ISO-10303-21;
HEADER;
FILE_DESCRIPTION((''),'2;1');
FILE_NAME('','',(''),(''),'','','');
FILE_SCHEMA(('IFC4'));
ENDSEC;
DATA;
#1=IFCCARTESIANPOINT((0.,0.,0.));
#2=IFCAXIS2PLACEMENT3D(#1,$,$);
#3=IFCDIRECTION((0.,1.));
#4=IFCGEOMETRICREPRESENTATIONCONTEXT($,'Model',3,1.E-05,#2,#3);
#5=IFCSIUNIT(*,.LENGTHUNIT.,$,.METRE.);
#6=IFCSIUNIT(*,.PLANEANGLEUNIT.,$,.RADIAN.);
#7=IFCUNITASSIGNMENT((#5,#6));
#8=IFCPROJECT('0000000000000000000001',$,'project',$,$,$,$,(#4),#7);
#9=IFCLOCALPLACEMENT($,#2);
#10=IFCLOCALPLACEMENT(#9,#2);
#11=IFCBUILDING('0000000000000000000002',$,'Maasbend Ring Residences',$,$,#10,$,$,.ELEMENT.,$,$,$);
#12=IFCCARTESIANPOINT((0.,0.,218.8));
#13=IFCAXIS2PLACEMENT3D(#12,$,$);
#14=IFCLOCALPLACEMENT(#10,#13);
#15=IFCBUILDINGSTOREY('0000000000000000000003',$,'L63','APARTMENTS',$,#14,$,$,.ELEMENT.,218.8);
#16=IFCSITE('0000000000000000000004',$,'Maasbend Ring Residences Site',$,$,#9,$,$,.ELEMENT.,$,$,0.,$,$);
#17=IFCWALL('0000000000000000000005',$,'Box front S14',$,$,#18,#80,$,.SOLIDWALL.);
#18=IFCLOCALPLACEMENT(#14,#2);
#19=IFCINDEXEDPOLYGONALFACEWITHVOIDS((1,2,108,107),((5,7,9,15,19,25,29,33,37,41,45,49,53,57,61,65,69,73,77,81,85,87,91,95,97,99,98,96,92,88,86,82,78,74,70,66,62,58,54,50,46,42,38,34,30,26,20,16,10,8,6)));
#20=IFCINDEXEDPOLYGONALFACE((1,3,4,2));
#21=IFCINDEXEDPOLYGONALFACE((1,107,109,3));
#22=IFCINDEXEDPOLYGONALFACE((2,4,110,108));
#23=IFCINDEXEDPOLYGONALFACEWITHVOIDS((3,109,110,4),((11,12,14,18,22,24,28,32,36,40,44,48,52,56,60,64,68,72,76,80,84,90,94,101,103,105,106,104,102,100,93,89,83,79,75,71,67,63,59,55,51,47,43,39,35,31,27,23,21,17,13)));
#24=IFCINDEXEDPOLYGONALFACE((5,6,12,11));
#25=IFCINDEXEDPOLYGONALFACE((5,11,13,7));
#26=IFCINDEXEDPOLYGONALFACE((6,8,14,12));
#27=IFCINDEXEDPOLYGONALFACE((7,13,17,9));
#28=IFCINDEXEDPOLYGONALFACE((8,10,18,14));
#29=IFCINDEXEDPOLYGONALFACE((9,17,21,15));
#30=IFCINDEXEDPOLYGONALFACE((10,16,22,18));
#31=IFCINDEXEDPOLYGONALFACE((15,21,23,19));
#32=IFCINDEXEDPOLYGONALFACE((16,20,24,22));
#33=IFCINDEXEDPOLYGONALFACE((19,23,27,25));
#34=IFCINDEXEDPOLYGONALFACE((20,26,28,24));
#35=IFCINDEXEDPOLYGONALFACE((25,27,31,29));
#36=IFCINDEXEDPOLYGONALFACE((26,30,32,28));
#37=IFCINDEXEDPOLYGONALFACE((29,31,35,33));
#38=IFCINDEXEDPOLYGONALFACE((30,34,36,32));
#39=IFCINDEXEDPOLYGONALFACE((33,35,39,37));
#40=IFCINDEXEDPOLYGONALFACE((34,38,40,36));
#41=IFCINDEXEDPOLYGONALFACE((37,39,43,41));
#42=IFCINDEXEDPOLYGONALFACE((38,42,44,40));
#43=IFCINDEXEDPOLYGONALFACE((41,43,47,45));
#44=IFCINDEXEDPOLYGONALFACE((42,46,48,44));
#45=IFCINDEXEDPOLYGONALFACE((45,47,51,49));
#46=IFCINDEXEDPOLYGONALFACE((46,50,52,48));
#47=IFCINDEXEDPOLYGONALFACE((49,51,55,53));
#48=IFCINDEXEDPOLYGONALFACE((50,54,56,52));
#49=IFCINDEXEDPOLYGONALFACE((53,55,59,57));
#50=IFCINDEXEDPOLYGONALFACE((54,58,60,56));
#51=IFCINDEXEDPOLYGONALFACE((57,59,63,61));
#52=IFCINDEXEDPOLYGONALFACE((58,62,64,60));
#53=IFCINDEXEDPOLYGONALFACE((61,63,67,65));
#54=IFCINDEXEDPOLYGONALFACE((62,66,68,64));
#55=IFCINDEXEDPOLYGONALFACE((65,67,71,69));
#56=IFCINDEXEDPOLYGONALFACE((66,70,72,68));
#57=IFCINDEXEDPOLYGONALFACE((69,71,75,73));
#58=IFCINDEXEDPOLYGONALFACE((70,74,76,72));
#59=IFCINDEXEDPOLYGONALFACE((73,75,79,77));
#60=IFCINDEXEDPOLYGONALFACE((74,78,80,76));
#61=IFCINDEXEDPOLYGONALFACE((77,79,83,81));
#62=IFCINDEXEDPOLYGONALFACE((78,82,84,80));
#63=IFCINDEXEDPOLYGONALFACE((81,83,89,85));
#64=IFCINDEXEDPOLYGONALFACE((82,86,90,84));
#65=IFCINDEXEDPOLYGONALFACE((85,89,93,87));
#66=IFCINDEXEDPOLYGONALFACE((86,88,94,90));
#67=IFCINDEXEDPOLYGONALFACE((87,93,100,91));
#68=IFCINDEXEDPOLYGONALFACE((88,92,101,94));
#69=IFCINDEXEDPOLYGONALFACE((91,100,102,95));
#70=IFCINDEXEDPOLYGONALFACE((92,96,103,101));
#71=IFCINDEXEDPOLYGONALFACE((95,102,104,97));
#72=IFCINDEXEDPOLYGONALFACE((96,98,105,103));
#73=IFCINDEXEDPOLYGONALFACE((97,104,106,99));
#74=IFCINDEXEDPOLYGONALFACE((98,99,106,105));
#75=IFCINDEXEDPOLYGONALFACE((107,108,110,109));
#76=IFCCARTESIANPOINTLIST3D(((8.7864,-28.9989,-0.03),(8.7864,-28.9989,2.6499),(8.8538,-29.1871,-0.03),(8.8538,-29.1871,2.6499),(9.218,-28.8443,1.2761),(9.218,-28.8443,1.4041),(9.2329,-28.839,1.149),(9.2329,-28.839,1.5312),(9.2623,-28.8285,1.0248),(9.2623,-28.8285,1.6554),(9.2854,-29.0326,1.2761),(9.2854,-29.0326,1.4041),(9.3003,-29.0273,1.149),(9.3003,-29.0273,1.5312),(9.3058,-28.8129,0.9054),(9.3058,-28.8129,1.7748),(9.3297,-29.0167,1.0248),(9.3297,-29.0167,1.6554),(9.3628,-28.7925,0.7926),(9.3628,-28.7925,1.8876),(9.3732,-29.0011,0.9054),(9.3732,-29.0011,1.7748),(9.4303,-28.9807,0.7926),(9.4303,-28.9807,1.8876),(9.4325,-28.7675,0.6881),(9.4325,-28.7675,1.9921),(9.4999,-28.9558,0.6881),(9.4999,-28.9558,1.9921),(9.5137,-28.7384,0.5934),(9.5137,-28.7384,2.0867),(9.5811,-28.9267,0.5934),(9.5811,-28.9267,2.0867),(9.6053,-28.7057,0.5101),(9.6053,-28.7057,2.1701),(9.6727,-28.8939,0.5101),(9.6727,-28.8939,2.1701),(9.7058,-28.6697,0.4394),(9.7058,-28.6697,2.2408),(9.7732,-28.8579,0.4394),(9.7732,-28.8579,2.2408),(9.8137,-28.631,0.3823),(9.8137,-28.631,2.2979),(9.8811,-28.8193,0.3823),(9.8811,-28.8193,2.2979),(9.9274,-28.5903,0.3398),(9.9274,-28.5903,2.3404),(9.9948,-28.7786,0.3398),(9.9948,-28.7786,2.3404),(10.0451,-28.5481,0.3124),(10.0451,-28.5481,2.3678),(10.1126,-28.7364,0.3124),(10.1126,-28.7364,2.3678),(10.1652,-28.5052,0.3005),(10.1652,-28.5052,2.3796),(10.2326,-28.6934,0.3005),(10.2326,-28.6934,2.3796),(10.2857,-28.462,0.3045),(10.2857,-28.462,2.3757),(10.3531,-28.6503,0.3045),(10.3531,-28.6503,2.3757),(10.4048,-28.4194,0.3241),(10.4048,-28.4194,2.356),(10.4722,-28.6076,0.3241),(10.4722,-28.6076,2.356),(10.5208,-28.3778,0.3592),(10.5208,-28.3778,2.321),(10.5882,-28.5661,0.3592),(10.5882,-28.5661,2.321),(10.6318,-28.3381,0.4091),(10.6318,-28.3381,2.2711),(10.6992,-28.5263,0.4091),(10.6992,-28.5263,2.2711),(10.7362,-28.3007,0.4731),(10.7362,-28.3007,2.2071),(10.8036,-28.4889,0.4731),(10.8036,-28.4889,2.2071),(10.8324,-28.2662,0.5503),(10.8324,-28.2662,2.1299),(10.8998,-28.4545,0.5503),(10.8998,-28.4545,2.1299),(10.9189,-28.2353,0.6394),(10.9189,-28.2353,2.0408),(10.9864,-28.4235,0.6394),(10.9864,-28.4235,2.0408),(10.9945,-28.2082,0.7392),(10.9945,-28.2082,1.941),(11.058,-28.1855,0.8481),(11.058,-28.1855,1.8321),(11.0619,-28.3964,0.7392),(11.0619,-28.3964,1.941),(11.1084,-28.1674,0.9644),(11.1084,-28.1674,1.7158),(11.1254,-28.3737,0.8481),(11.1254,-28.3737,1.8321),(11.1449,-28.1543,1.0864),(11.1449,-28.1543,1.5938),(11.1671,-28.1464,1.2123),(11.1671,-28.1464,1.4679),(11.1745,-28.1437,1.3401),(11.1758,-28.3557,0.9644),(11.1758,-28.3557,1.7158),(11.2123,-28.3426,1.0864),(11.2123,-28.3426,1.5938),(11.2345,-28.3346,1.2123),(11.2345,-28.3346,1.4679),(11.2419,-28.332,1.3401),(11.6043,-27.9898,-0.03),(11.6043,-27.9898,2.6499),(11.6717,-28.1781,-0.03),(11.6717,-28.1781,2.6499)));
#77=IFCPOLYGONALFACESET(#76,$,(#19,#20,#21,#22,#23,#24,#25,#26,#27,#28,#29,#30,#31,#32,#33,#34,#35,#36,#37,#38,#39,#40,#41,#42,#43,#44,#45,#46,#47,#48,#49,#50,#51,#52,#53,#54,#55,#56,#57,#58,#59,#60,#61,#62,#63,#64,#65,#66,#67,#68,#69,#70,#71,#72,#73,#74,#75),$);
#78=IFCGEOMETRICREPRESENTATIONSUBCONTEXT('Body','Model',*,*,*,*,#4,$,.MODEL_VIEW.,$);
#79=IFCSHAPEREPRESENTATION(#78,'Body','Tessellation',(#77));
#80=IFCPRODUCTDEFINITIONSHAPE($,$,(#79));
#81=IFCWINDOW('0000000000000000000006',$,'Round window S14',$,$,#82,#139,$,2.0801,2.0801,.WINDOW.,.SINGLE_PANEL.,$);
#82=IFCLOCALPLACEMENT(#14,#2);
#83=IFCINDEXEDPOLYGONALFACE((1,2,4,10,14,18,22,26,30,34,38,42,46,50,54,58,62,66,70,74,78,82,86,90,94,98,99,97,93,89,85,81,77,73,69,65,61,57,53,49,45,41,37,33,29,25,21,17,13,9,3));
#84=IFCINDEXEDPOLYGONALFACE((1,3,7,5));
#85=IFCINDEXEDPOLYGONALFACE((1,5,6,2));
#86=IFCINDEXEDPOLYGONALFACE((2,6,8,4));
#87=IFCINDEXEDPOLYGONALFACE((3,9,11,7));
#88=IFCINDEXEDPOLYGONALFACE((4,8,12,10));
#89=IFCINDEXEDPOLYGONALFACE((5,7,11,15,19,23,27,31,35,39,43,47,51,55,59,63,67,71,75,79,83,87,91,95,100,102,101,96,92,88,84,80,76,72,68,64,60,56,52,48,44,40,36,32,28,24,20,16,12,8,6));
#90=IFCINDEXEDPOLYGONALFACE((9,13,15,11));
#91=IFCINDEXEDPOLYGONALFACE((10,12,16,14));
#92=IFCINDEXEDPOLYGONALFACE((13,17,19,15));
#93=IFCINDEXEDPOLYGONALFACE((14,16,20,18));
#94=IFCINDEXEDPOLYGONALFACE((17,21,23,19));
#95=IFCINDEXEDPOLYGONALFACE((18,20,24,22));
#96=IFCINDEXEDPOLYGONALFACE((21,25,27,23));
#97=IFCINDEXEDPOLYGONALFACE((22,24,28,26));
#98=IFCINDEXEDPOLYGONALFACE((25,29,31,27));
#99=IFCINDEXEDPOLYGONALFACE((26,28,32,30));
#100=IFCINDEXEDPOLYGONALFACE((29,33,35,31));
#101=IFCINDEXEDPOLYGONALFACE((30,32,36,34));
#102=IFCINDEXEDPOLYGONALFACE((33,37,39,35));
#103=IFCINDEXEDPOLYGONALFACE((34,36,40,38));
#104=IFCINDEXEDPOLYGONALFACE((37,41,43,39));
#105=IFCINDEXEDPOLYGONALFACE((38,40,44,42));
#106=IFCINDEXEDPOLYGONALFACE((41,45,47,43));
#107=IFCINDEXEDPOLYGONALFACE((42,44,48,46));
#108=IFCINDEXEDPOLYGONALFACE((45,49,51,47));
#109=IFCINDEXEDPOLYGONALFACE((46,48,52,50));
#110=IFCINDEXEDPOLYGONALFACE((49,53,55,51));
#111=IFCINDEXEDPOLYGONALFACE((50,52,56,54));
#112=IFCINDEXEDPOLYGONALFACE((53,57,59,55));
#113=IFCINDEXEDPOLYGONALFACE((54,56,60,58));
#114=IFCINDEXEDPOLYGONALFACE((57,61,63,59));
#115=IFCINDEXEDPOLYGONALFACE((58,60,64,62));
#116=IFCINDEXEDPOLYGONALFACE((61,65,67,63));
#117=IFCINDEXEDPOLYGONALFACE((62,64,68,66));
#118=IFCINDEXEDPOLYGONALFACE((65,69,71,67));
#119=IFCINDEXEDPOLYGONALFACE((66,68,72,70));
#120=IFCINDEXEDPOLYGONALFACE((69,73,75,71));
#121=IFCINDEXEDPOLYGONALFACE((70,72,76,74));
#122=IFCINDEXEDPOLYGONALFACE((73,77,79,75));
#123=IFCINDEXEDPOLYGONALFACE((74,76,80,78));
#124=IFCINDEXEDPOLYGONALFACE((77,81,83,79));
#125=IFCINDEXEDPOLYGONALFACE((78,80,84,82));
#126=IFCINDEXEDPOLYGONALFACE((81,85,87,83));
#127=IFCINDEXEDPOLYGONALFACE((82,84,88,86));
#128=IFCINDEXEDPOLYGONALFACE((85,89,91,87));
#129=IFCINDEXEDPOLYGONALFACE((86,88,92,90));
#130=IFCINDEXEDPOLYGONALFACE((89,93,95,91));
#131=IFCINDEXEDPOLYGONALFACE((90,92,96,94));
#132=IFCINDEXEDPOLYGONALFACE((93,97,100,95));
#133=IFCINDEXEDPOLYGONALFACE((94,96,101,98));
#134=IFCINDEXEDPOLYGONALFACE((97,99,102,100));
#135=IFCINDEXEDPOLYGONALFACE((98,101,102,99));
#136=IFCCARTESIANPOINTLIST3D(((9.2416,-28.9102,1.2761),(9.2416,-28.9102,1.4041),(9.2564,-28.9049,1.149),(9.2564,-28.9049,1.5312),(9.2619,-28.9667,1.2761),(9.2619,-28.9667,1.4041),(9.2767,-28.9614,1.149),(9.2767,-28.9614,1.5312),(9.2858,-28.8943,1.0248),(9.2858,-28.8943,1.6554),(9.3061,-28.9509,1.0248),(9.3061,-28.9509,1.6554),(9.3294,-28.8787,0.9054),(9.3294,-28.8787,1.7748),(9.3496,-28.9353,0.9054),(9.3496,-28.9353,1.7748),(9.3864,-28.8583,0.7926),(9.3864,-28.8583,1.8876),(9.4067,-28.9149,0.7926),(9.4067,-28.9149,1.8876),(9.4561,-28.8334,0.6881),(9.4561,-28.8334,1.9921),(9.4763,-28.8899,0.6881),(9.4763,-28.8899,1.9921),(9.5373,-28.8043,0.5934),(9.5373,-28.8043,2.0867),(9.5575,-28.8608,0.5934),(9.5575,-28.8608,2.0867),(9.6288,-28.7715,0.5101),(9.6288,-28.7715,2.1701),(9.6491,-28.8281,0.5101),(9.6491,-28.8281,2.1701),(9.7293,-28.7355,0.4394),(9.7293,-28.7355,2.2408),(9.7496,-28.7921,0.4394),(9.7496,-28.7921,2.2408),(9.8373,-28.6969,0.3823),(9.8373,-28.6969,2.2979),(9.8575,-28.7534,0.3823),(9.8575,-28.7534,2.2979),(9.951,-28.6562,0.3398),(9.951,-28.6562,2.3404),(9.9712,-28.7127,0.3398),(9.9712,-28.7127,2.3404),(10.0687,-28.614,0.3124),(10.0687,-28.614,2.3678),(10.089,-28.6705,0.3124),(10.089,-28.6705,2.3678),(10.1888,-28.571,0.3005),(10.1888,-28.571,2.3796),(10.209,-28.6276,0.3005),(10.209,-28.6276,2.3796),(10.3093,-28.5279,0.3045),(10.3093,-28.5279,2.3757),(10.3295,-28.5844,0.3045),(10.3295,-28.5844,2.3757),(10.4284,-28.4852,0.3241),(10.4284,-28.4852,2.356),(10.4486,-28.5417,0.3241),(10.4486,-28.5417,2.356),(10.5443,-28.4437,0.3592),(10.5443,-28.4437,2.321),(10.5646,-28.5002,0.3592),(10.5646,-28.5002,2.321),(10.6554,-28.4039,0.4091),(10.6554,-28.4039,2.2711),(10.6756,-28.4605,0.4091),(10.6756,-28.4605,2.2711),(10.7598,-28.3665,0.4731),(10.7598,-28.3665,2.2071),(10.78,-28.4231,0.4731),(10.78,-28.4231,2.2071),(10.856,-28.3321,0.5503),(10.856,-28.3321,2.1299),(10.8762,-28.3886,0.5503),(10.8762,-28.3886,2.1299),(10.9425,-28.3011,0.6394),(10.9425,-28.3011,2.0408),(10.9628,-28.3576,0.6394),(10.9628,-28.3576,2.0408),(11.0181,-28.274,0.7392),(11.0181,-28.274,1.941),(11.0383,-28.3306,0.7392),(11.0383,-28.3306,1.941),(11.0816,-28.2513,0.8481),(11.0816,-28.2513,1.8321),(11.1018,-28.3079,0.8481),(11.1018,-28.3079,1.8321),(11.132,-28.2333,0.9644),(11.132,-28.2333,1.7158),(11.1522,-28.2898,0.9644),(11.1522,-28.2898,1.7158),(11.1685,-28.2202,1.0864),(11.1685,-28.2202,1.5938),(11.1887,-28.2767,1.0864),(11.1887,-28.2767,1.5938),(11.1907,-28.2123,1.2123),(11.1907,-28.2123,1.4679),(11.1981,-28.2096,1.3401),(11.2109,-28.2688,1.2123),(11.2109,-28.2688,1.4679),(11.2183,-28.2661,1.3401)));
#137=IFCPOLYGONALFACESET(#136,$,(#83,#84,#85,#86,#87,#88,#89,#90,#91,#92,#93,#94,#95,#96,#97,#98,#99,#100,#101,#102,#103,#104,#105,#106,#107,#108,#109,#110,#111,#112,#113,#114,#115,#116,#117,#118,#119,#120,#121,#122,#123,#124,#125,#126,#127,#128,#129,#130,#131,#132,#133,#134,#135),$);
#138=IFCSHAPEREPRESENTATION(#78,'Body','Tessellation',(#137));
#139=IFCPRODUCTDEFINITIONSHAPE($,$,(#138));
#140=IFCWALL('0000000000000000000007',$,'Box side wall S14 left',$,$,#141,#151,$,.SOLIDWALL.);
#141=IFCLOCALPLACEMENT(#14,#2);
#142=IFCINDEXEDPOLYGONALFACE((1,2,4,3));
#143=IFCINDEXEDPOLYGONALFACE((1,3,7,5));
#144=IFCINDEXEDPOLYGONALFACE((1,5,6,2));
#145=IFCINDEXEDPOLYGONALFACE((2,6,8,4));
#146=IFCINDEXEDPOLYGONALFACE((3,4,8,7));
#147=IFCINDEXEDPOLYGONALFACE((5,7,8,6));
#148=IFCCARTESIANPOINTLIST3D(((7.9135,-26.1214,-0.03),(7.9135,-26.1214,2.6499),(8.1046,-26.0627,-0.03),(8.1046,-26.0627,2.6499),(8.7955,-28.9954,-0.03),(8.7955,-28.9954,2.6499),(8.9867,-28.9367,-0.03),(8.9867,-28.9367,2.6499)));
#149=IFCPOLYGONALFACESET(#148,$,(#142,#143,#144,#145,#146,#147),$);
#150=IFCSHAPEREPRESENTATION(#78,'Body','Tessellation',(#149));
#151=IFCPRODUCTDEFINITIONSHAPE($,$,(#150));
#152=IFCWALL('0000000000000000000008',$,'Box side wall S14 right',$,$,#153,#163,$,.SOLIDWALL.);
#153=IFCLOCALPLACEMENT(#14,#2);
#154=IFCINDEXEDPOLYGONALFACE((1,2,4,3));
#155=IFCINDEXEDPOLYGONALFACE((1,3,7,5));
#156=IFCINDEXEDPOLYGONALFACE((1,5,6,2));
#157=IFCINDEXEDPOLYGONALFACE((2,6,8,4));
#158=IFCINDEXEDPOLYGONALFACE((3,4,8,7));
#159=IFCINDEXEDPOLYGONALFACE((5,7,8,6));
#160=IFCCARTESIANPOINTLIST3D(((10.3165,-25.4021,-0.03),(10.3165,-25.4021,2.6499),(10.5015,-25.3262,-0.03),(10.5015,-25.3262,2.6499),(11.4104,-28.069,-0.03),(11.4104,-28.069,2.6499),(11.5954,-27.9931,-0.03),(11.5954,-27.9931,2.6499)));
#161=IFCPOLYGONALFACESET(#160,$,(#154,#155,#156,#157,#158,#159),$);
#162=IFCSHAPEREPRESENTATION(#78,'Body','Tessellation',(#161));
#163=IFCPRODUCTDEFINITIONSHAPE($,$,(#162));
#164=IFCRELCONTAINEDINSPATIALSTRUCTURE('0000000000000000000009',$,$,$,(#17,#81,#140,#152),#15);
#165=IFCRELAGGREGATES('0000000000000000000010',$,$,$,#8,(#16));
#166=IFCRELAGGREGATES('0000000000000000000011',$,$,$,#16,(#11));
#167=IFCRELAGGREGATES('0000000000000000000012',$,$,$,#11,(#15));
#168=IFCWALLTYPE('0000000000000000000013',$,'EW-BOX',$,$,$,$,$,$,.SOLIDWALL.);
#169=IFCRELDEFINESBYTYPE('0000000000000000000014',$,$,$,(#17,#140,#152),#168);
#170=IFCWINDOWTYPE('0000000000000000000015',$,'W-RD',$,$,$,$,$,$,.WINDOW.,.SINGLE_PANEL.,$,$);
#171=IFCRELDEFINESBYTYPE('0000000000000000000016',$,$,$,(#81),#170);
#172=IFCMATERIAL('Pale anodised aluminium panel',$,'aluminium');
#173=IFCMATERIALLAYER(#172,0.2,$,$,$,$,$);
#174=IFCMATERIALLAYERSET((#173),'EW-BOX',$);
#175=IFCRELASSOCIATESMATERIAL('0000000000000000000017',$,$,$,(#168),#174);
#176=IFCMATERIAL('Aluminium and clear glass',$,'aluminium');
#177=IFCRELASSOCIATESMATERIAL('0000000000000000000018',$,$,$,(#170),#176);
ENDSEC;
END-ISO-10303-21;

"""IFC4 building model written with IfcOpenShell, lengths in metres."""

from ifc_helpers import new_model, si_unit, direction, frame, frame_2d, origin, place, context, subcontext, project, spatial, rectangle, circle, extrude, material, layer, layer_set, type_object, element, fill, save


model = new_model("IFC4")

# Units and contexts
model_context = context("Model", 3, precision=1e-05, world=origin(), true_north=direction((0.0, 1.0)))
body_context = subcontext(model_context, "Body", "Model", "MODEL_VIEW")
ifc_project = project(units=[si_unit("LENGTHUNIT", "METRE"), si_unit("PLANEANGLEUNIT", "RADIAN")], contexts=[model_context])

# Site, building, storey
site_placement = place(None, origin())
site = spatial("IfcSite", under=ifc_project, at=site_placement, Name="Maasbend Ring Residences Site", CompositionType="ELEMENT", RefElevation=0.0)
building_placement = place(site_placement, origin())
building = spatial("IfcBuilding", under=site, at=building_placement, Name="Maasbend Ring Residences", CompositionType="ELEMENT")
storey_placement = place(building_placement, frame((0.0, 0.0, 218.8)))
storey = spatial("IfcBuildingStorey", under=building, at=storey_placement, Name="L63", Description="APARTMENTS", CompositionType="ELEMENT", Elevation=218.8)

# Shared definitions
ifc_material_1 = material(Name="Pale anodised aluminium panel", Category="aluminium")
ifc_layer_1 = layer(ifc_material_1, 0.2)
ifc_layer_set_1 = layer_set([ifc_layer_1], Name="EW-BOX")
wall_type_1 = type_object("IfcWallType", Name="EW-BOX", PredefinedType="SOLIDWALL", material=ifc_layer_set_1)
ifc_material_2 = material(Name="Aluminium and clear glass", Category="aluminium")
window_type_1 = type_object("IfcWindowType", Name="W-RD", PartitioningType="SINGLE_PANEL", PredefinedType="WINDOW", material=ifc_material_2)

# Wall, opening, window
wall_1_placement = place(storey_placement, frame((8.8201, -29.093, -0.03), z_axis=(0.0, 0.0, 1.0), x_axis=(0.941461, 0.337122, 0.0)))
wall_1 = element("IfcWall", 1, at=wall_1_placement, inside=storey, type_object=wall_type_1, Name="Box front S14", PredefinedType="SOLIDWALL", context=body_context, shape_type="SweptSolid", body=[
    extrude(rectangle(XDim=2.9932, YDim=0.2, at=frame_2d((1.4966, 0.0))), origin(), (0.0, 0.0, 1.0), 2.6799),
])
opening_1_placement = place(wall_1_placement, frame((0.4565, 0.0, 0.3301)))
opening_1 = element("IfcOpeningElement", 2, at=opening_1_placement, cuts=wall_1, PredefinedType="OPENING", context=body_context, shape_type="SweptSolid", body=[
    extrude(circle(Radius=1.04, at=frame_2d((1.04, 1.04))), frame((0.0, 0.1099, 0.0), z_axis=(0.0, -1.0, 0.0), x_axis=(1.0, 0.0, 0.0)), (0.0, 0.0, 1.0), 0.22),
])
window_1_placement = place(opening_1_placement, origin())
window_1 = element("IfcWindow", 3, at=window_1_placement, inside=storey, type_object=window_type_1, Name="Round window S14", OverallHeight=2.0801, OverallWidth=2.0801, PartitioningType="SINGLE_PANEL", PredefinedType="WINDOW", context=body_context, shape_type="SweptSolid", body=[
    extrude(circle(Radius=1.04, at=frame_2d((1.04, 1.04))), frame((0.0, 0.03, 0.0), z_axis=(0.0, -1.0, 0.0), x_axis=(1.0, 0.0, 0.0)), (0.0, 0.0, 1.0), 0.0601),
])
fill(opening_1, window_1)

# Walls
wall_2_placement = place(storey_placement, frame((8.009, -26.092, -0.03), z_axis=(0.0, 0.0, 1.0), x_axis=(0.293407, -0.955988, 0.0)))
element("IfcWall", 4, at=wall_2_placement, inside=storey, type_object=wall_type_1, Name="Box side wall S14 left", PredefinedType="SOLIDWALL", context=body_context, shape_type="SweptSolid", body=[
    extrude(rectangle(XDim=3.0063, YDim=0.2, at=frame_2d((1.5032, 0.0))), origin(), (0.0, 0.0, 1.0), 2.6799),
])
wall_3_placement = place(storey_placement, frame((10.4089, -25.364, -0.03), z_axis=(0.0, 0.0, 1.0), x_axis=(0.37951, -0.925188, 0.0)))
element("IfcWall", 5, at=wall_3_placement, inside=storey, type_object=wall_type_1, Name="Box side wall S14 right", PredefinedType="SOLIDWALL", context=body_context, shape_type="SweptSolid", body=[
    extrude(rectangle(XDim=2.8826, YDim=0.2, at=frame_2d((1.4414, 0.0))), origin(), (0.0, 0.0, 1.0), 2.6799),
])

save(model, "model.ifc")
